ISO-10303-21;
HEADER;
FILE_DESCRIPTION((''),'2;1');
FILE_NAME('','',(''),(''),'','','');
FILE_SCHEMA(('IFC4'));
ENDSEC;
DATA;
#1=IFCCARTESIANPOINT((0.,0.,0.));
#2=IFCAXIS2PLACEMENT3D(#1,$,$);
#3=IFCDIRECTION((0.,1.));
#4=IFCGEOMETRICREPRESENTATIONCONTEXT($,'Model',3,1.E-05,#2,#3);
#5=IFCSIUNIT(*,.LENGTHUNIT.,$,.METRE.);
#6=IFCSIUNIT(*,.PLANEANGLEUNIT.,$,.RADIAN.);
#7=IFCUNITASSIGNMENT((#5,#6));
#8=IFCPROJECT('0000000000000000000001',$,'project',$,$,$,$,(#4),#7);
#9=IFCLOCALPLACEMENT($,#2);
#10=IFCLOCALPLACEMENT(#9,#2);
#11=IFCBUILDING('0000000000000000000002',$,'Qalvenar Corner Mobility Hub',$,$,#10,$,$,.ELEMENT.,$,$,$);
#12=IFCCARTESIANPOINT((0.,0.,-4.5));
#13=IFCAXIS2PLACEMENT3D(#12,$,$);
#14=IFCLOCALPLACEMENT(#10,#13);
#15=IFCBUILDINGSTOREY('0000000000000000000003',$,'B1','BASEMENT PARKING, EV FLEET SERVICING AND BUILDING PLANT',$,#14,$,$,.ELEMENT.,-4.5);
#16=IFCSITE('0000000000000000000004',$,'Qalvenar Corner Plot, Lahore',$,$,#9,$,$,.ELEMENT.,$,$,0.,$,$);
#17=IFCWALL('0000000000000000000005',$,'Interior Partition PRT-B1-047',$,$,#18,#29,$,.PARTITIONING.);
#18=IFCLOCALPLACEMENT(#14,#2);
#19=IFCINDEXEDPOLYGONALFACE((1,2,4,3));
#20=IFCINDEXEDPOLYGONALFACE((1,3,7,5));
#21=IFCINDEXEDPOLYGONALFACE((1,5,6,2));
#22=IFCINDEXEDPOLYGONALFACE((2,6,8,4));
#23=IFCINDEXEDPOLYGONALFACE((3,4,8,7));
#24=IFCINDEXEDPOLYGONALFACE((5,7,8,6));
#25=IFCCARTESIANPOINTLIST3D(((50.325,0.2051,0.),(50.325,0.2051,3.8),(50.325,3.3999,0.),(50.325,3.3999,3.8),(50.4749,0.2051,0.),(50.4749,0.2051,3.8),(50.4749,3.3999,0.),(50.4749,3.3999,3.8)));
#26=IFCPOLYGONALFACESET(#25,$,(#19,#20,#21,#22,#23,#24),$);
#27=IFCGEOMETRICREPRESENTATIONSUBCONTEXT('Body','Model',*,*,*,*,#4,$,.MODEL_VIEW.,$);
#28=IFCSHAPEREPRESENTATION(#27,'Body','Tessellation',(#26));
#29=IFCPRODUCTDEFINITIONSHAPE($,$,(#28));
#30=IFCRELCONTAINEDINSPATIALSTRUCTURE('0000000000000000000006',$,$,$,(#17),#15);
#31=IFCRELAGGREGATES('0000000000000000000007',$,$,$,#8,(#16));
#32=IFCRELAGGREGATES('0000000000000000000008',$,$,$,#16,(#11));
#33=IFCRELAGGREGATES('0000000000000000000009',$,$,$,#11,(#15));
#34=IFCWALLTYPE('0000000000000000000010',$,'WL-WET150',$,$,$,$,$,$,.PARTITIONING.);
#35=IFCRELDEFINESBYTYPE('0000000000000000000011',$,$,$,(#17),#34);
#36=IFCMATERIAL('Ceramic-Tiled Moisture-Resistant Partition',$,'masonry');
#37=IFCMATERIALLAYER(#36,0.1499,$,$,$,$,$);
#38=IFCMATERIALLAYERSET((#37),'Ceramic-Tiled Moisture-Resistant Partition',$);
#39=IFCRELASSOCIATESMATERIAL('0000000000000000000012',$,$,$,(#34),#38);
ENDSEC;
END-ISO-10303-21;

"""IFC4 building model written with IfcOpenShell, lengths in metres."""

from ifc_helpers import new_model, si_unit, direction, frame, frame_2d, origin, place, context, subcontext, project, spatial, rectangle, extrude, material, layer, layer_set, type_object, element, save


model = new_model("IFC4")

# Units and contexts
model_context = context("Model", 3, precision=1e-05, world=origin(), true_north=direction((0.0, 1.0)))
body_context = subcontext(model_context, "Body", "Model", "MODEL_VIEW")
ifc_project = project(units=[si_unit("LENGTHUNIT", "METRE"), si_unit("PLANEANGLEUNIT", "RADIAN")], contexts=[model_context])

# Site, building, storey
site_placement = place(None, origin())
site = spatial("IfcSite", under=ifc_project, at=site_placement, Name="Qalvenar Corner Plot, Lahore", CompositionType="ELEMENT", RefElevation=0.0)
building_placement = place(site_placement, origin())
building = spatial("IfcBuilding", under=site, at=building_placement, Name="Qalvenar Corner Mobility Hub", CompositionType="ELEMENT")
storey_placement = place(building_placement, frame((0.0, 0.0, -4.5)))
storey = spatial("IfcBuildingStorey", under=building, at=storey_placement, Name="B1", Description="BASEMENT PARKING, EV FLEET SERVICING AND BUILDING PLANT", CompositionType="ELEMENT", Elevation=-4.5)

# Wall
ifc_material_1 = material(Name="Ceramic-Tiled Moisture-Resistant Partition", Category="masonry")
ifc_layer_1 = layer(ifc_material_1, 0.1499)
ifc_layer_set_1 = layer_set([ifc_layer_1], Name="Ceramic-Tiled Moisture-Resistant Partition")
wall_type_1 = type_object("IfcWallType", Name="WL-WET150", PredefinedType="PARTITIONING", material=ifc_layer_set_1)
wall_1_placement = place(storey_placement, frame((50.3999, 0.2051, 0.0), z_axis=(0.0, 0.0, 1.0), x_axis=(0.0, 1.0, 0.0)))
element("IfcWall", 1, at=wall_1_placement, inside=storey, type_object=wall_type_1, Name="Interior Partition PRT-B1-047", PredefinedType="PARTITIONING", context=body_context, shape_type="SweptSolid", body=[
    extrude(rectangle(XDim=3.1948, YDim=0.1499, at=frame_2d((1.5974, 0.0))), origin(), (0.0, 0.0, 1.0), 3.8),
])

save(model, "model.ifc")
